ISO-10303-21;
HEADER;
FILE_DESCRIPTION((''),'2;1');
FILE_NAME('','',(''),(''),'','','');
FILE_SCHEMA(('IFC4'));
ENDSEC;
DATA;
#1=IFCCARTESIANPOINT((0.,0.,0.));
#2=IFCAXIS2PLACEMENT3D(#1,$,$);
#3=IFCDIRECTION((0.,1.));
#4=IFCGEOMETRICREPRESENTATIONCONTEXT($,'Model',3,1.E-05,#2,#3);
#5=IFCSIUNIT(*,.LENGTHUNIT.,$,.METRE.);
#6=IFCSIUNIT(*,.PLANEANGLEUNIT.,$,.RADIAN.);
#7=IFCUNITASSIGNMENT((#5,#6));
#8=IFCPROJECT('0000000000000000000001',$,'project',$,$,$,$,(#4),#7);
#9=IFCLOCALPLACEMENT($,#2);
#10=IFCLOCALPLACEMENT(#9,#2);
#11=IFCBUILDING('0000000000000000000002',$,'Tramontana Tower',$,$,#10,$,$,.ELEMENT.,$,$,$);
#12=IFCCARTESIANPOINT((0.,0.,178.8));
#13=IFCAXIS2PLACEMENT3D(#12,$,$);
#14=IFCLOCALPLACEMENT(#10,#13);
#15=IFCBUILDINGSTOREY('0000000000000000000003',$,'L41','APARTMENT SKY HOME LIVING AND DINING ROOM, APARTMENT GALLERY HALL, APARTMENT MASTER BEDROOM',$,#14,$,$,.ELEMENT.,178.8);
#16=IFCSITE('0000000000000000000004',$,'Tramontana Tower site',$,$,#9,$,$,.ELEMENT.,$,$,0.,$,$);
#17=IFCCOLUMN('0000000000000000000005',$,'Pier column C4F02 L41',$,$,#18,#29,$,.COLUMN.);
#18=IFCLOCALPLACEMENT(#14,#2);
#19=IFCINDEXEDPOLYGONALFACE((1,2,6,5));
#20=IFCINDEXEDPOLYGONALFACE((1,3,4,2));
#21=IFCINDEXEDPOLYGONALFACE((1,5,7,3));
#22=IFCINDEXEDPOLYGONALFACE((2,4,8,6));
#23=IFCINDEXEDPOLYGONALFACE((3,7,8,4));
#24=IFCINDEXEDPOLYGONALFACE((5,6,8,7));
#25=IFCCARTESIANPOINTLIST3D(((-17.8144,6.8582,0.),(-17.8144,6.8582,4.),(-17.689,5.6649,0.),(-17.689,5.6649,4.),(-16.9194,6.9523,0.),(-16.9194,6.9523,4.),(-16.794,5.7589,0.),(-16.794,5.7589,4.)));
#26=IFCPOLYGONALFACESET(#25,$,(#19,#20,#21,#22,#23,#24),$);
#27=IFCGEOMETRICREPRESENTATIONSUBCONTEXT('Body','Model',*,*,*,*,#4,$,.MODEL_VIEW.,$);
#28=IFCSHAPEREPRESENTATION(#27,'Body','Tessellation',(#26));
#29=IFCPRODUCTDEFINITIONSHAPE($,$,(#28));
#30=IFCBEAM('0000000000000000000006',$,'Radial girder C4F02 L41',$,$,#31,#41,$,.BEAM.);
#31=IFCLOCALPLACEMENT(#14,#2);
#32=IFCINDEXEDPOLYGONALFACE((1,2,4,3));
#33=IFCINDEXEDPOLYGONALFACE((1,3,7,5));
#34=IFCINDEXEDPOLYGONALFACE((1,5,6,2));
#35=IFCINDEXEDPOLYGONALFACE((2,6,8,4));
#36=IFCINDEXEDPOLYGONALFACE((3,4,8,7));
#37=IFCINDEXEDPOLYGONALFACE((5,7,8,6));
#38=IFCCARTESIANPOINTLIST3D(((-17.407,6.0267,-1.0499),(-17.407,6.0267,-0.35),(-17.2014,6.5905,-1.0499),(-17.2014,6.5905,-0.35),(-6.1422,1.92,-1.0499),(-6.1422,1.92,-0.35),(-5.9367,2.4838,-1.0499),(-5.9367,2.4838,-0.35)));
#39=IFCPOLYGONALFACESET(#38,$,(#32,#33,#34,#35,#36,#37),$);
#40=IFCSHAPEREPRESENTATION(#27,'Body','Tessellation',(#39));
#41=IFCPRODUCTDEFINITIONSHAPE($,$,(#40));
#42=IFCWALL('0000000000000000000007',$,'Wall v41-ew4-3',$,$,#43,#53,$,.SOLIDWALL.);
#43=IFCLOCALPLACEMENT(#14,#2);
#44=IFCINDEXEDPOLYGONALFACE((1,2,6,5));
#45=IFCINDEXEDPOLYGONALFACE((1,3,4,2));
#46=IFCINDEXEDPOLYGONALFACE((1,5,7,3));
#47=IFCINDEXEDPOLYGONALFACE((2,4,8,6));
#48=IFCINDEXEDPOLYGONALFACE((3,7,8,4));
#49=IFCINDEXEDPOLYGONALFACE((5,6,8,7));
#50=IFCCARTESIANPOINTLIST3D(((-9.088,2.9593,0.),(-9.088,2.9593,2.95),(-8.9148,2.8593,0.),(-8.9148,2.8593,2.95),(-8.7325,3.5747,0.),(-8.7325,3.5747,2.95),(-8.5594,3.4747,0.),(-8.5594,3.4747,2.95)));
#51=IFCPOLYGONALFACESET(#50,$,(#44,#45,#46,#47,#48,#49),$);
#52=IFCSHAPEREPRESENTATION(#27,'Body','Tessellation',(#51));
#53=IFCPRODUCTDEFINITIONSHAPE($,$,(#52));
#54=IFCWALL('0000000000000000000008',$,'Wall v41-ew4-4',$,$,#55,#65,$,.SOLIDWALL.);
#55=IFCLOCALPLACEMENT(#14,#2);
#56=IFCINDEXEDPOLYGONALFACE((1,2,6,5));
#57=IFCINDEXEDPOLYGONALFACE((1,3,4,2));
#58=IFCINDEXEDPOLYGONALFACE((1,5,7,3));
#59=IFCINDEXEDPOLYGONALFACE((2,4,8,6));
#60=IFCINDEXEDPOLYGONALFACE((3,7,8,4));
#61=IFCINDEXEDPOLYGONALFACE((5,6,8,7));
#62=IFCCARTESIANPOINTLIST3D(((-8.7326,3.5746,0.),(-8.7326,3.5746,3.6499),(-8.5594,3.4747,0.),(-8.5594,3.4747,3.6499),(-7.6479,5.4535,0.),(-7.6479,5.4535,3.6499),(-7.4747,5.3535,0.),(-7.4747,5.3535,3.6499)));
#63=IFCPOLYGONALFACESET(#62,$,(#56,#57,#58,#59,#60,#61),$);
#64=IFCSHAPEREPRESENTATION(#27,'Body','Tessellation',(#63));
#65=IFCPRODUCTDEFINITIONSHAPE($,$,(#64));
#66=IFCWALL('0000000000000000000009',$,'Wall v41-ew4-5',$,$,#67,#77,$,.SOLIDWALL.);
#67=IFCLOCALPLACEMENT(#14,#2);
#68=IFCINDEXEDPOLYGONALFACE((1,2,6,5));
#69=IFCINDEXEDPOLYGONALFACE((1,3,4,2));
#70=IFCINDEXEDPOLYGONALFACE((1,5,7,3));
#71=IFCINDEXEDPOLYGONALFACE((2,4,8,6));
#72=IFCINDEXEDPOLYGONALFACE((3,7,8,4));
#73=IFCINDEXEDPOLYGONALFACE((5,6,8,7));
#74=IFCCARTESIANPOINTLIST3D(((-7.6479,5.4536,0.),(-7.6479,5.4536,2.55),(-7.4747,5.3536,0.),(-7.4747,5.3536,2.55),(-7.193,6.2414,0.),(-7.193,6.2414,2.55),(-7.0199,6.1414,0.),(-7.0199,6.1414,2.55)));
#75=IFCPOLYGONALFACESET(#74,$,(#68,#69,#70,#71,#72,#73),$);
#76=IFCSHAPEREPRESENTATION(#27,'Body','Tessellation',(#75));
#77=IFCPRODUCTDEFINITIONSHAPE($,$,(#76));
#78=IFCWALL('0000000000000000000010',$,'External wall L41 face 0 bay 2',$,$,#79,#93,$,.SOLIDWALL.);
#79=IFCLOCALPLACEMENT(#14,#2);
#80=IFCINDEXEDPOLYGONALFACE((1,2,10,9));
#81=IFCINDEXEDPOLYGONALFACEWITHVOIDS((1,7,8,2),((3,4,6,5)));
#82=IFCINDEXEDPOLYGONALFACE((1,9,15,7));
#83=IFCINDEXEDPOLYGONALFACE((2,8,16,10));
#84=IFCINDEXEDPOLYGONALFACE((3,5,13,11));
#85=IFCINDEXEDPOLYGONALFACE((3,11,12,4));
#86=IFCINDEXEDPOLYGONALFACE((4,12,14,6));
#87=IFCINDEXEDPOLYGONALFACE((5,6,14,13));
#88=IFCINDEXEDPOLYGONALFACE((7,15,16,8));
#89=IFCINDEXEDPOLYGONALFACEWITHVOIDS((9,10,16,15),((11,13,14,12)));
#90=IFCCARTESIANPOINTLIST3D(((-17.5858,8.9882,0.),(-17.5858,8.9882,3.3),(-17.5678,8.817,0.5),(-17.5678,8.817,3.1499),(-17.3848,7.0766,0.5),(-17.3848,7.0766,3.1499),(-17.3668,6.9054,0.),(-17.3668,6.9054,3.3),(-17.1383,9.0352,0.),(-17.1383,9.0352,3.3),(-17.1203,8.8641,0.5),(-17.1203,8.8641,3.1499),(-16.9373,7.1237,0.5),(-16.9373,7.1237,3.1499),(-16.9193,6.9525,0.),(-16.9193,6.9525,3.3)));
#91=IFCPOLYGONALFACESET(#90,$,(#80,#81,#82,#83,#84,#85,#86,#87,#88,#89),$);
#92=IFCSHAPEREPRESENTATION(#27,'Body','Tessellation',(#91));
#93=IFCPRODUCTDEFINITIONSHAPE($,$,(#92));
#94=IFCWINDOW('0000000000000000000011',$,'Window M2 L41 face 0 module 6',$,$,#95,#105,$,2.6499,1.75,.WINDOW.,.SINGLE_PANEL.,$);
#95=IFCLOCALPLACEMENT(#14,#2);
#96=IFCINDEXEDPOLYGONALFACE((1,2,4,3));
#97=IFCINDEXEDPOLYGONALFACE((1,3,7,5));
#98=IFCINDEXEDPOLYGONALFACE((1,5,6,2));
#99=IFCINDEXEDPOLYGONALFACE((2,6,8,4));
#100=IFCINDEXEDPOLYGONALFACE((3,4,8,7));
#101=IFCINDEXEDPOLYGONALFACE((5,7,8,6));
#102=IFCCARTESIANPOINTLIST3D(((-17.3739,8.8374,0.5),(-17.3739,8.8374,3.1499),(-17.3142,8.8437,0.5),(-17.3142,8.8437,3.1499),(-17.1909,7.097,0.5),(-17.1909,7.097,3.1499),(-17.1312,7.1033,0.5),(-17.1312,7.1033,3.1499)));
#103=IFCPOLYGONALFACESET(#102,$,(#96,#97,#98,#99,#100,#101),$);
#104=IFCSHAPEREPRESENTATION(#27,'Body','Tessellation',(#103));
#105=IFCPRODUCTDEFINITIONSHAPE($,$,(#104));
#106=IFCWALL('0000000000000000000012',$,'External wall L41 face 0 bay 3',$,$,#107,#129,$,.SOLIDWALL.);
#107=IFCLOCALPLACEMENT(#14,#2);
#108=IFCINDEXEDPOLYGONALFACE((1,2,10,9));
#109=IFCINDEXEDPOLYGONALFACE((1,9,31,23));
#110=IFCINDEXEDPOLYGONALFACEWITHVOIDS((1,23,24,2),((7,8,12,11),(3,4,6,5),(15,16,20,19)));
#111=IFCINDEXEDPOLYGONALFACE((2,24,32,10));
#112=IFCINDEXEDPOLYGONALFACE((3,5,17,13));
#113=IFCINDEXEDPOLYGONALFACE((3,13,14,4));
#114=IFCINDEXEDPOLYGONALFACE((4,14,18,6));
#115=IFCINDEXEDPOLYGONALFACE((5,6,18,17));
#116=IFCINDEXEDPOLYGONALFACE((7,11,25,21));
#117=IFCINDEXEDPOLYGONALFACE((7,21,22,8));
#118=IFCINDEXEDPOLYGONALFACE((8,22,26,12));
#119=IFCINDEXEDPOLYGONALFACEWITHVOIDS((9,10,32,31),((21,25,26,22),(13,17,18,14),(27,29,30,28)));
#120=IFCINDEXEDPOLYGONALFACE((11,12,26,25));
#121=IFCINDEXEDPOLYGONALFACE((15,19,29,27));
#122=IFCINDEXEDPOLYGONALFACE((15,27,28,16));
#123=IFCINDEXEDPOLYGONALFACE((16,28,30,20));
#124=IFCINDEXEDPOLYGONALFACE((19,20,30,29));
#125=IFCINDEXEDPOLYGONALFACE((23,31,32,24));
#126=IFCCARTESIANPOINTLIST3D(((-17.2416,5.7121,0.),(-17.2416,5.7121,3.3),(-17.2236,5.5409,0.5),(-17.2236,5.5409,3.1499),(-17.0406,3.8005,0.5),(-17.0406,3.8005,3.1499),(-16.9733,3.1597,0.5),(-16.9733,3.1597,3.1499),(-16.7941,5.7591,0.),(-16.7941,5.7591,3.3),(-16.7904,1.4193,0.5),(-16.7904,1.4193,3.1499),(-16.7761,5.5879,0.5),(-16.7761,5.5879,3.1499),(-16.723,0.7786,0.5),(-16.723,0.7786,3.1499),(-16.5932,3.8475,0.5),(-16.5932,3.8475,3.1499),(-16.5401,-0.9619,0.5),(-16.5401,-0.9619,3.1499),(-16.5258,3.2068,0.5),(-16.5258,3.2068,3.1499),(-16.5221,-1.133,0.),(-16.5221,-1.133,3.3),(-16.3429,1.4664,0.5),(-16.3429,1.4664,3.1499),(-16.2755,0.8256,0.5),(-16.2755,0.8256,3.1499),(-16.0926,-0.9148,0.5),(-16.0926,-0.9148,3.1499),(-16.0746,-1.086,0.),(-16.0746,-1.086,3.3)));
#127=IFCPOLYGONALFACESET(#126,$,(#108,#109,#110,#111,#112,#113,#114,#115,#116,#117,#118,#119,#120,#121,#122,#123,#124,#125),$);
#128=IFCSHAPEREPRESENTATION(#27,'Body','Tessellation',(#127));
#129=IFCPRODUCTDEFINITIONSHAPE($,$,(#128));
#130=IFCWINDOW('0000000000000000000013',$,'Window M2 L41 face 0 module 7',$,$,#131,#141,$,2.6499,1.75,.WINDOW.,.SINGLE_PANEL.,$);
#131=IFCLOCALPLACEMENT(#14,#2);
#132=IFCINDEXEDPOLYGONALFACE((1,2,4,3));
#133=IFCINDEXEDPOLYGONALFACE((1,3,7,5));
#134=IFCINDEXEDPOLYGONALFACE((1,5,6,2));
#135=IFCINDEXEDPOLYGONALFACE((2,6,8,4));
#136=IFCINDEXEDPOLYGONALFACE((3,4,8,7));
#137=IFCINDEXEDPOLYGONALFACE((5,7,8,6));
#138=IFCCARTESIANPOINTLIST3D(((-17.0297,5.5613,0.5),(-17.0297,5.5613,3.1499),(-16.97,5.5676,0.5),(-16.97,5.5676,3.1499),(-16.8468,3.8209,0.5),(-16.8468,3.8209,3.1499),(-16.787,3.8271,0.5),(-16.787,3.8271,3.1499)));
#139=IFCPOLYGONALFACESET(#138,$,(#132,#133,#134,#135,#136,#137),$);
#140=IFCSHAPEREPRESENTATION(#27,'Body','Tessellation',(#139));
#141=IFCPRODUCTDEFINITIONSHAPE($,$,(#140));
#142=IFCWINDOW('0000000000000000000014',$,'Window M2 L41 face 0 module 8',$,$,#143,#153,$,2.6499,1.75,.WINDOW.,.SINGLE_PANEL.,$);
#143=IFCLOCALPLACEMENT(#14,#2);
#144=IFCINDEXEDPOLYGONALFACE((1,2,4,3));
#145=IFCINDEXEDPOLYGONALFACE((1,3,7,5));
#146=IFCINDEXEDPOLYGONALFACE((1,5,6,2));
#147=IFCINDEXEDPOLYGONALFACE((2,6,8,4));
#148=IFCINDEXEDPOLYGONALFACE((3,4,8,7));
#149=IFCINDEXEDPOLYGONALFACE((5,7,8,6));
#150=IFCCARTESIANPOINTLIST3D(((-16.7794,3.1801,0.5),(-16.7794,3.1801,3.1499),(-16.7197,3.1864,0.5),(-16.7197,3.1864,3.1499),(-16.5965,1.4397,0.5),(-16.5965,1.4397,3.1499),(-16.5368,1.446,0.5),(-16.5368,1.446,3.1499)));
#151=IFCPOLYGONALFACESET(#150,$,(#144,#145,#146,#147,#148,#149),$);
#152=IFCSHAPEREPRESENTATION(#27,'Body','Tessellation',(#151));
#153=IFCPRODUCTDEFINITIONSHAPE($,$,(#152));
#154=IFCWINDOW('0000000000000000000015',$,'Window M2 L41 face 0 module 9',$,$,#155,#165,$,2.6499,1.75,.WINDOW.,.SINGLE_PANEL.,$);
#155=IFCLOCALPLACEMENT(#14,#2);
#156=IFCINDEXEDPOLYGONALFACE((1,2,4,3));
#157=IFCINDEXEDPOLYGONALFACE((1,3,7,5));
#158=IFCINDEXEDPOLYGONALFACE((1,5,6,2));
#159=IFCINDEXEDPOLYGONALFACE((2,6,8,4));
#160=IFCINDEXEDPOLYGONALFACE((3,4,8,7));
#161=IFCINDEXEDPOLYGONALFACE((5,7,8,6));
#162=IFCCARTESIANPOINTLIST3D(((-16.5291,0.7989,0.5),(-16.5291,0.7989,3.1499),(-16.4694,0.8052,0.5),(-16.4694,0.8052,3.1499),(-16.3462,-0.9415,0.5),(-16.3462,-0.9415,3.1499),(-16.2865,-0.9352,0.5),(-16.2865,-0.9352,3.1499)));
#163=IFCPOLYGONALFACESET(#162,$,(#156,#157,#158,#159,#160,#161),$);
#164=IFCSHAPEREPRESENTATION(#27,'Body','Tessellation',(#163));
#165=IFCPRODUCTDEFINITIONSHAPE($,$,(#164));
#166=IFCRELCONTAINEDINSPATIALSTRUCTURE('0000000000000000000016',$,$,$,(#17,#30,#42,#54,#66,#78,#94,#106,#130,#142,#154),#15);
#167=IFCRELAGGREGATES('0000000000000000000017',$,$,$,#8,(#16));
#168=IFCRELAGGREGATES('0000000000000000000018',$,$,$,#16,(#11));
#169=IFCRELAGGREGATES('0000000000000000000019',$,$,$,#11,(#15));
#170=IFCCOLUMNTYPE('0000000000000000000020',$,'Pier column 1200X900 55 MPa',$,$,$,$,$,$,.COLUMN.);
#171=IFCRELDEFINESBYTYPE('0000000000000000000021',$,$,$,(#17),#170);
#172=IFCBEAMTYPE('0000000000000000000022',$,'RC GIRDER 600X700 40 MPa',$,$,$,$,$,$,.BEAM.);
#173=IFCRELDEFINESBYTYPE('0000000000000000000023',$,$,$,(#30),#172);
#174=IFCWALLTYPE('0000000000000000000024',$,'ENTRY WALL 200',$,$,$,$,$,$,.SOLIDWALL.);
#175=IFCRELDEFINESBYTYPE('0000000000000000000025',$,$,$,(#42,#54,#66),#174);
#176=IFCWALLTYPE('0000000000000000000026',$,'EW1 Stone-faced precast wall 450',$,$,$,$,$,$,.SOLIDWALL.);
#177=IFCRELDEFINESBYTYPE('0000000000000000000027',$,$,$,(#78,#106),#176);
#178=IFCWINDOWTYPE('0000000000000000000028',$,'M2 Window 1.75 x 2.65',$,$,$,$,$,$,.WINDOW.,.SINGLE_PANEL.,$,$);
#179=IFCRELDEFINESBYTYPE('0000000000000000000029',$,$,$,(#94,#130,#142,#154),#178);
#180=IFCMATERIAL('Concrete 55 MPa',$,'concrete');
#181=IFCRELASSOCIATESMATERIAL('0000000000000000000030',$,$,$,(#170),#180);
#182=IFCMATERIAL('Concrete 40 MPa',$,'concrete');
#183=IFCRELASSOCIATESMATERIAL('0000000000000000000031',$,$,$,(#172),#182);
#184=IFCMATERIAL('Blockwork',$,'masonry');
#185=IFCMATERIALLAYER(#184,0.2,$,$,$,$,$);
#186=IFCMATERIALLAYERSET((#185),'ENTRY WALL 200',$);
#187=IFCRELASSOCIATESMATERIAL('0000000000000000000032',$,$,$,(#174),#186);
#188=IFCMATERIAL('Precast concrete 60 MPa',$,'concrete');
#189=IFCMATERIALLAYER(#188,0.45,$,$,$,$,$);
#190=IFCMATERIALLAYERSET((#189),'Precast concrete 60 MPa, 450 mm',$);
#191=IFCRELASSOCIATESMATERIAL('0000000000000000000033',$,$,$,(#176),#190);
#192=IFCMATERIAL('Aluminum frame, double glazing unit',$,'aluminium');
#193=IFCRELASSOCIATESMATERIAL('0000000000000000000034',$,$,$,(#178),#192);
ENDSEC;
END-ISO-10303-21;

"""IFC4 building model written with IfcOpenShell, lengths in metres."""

from ifc_helpers import new_model, si_unit, direction, frame, frame_2d, origin, origin_2d, place, context, subcontext, project, spatial, rectangle, extrude, material, layer, layer_set, material_profile, profile_set, type_object, element, fill, save


model = new_model("IFC4")

# Units and contexts
model_context = context("Model", 3, precision=1e-05, world=origin(), true_north=direction((0.0, 1.0)))
body_context = subcontext(model_context, "Body", "Model", "MODEL_VIEW")
ifc_project = project(units=[si_unit("LENGTHUNIT", "METRE"), si_unit("PLANEANGLEUNIT", "RADIAN")], contexts=[model_context])

# Site, building, storey
site_placement = place(None, origin())
site = spatial("IfcSite", under=ifc_project, at=site_placement, Name="Tramontana Tower site", CompositionType="ELEMENT", RefElevation=0.0)
building_placement = place(site_placement, origin())
building = spatial("IfcBuilding", under=site, at=building_placement, Name="Tramontana Tower", CompositionType="ELEMENT")
storey_placement = place(building_placement, frame((0.0, 0.0, 178.8)))
storey = spatial("IfcBuildingStorey", under=building, at=storey_placement, Name="L41", Description="APARTMENT SKY HOME LIVING AND DINING ROOM, APARTMENT GALLERY HALL, APARTMENT MASTER BEDROOM", CompositionType="ELEMENT", Elevation=178.8)

# Column
ifc_material_1 = material(Name="Concrete 55 MPa", Category="concrete")
ifc_material_profile_1 = material_profile(ifc_material_1, rectangle(XDim=1.2, YDim=0.8999, at=origin_2d()), Name="Pier column 1200X900 55 MPa")
ifc_profile_set_1 = profile_set([ifc_material_profile_1], Name="Concrete 55 MPa")
column_type = type_object("IfcColumnType", Name="Pier column 1200X900 55 MPa", PredefinedType="COLUMN", material=ifc_profile_set_1)
column_placement = place(storey_placement, frame((-17.3042, 6.3086, 0.0), z_axis=(0.0, 0.0, 1.0), x_axis=(0.104528, -0.994522, 0.0)))
element("IfcColumn", 1, at=column_placement, inside=storey, type_object=column_type, Name="Pier column C4F02 L41", PredefinedType="COLUMN", context=body_context, shape_type="SweptSolid", body=[
    extrude(rectangle(XDim=1.2, YDim=0.8999, at=origin_2d()), origin(), (0.0, 0.0, 1.0), 4.0),
])

# Beam
ifc_material_2 = material(Name="Concrete 40 MPa", Category="concrete")
ifc_material_profile_2 = material_profile(ifc_material_2, rectangle(XDim=0.6001, YDim=0.7, at=origin_2d()), Name="RC GIRDER 600X700 40 MPa")
ifc_profile_set_2 = profile_set([ifc_material_profile_2], Name="Concrete 40 MPa")
beam_type = type_object("IfcBeamType", Name="RC GIRDER 600X700 40 MPa", PredefinedType="BEAM", material=ifc_profile_set_2)
beam_placement = place(storey_placement, frame((-17.3042, 6.3086, -0.7), z_axis=(0.939513, -0.342513, 0.0), x_axis=(0.342513, 0.939513, 0.0)))
element("IfcBeam", 2, at=beam_placement, inside=storey, type_object=beam_type, Name="Radial girder C4F02 L41", PredefinedType="BEAM", context=body_context, shape_type="SweptSolid", body=[
    extrude(rectangle(XDim=0.6001, YDim=0.7, at=origin_2d()), origin(), (0.0, 0.0, 1.0), 11.99),
])

# Walls
ifc_material_3 = material(Name="Blockwork", Category="masonry")
ifc_layer_1 = layer(ifc_material_3, 0.2)
ifc_layer_set_1 = layer_set([ifc_layer_1], Name="ENTRY WALL 200")
wall_type_1 = type_object("IfcWallType", Name="ENTRY WALL 200", PredefinedType="SOLIDWALL", material=ifc_layer_set_1)
wall_1_placement = place(storey_placement, frame((-9.0015, 2.9092, 0.0), z_axis=(0.0, 0.0, 1.0), x_axis=(0.500129, 0.865951, 0.0)))
element("IfcWall", 3, at=wall_1_placement, inside=storey, type_object=wall_type_1, Name="Wall v41-ew4-3", PredefinedType="SOLIDWALL", context=body_context, shape_type="SweptSolid", body=[
    extrude(rectangle(XDim=0.7107, YDim=0.2, at=frame_2d((0.3555, 0.0))), origin(), (0.0, 0.0, 1.0), 2.95),
])
wall_2_placement = place(storey_placement, frame((-8.646, 3.5247, 0.0), z_axis=(0.0, 0.0, 1.0), x_axis=(0.499976, 0.866039, 0.0)))
element("IfcWall", 4, at=wall_2_placement, inside=storey, type_object=wall_type_1, Name="Wall v41-ew4-4", PredefinedType="SOLIDWALL", context=body_context, shape_type="SweptSolid", body=[
    extrude(rectangle(XDim=2.1694, YDim=0.2, at=frame_2d((1.0847, 0.0))), origin(), (0.0, 0.0, 1.0), 3.6499),
])
wall_3_placement = place(storey_placement, frame((-7.5613, 5.4036, 0.0), z_axis=(0.0, 0.0, 1.0), x_axis=(0.499978, 0.866038, 0.0)))
element("IfcWall", 5, at=wall_3_placement, inside=storey, type_object=wall_type_1, Name="Wall v41-ew4-5", PredefinedType="SOLIDWALL", context=body_context, shape_type="SweptSolid", body=[
    extrude(rectangle(XDim=0.9097, YDim=0.2, at=frame_2d((0.4548, 0.0))), origin(), (0.0, 0.0, 1.0), 2.55),
])

# Wall, opening, window
ifc_material_4 = material(Name="Precast concrete 60 MPa", Category="concrete")
ifc_layer_2 = layer(ifc_material_4, 0.45)
ifc_layer_set_2 = layer_set([ifc_layer_2], Name="Precast concrete 60 MPa, 450 mm")
wall_type_2 = type_object("IfcWallType", Name="EW1 Stone-faced precast wall 450", PredefinedType="SOLIDWALL", material=ifc_layer_set_2)
wall_4_placement = place(storey_placement, frame((-17.3621, 9.0117, 0.0), z_axis=(0.0, 0.0, 1.0), x_axis=(0.104569, -0.994518, 0.0)))
wall_4 = element("IfcWall", 6, at=wall_4_placement, inside=storey, type_object=wall_type_2, Name="External wall L41 face 0 bay 2", PredefinedType="SOLIDWALL", context=body_context, shape_type="SweptSolid", body=[
    extrude(rectangle(XDim=2.0942, YDim=0.45, at=frame_2d((1.0471, 0.0))), origin(), (0.0, 0.0, 1.0), 3.3),
])
opening_1_placement = place(wall_4_placement, frame((0.1721, 0.0, 0.5)))
opening_1 = element("IfcOpeningElement", 7, at=opening_1_placement, cuts=wall_4, PredefinedType="OPENING", context=body_context, shape_type="SweptSolid", body=[
    extrude(rectangle(XDim=1.75, YDim=2.6499, at=frame_2d((0.875, 1.325))), frame((0.0, 0.2349, 0.0), z_axis=(0.0, -1.0, 0.0), x_axis=(1.0, 0.0, 0.0)), (0.0, 0.0, 1.0), 0.47),
])
ifc_material_5 = material(Name="Aluminum frame, double glazing unit", Category="aluminium")
window_type = type_object("IfcWindowType", Name="M2 Window 1.75 x 2.65", PartitioningType="SINGLE_PANEL", PredefinedType="WINDOW", material=ifc_material_5)
window_1_placement = place(opening_1_placement, origin())
window_1 = element("IfcWindow", 8, at=window_1_placement, inside=storey, type_object=window_type, Name="Window M2 L41 face 0 module 6", OverallHeight=2.6499, OverallWidth=1.75, PartitioningType="SINGLE_PANEL", PredefinedType="WINDOW", context=body_context, shape_type="SweptSolid", body=[
    extrude(rectangle(XDim=1.75, YDim=2.6499, at=frame_2d((0.875, 1.325))), frame((0.0, 0.03, 0.0), z_axis=(0.0, -1.0, 0.0), x_axis=(1.0, 0.0, 0.0)), (0.0, 0.0, 1.0), 0.0601),
])
fill(opening_1, window_1)

# Wall, openings, windows
wall_5_placement = place(storey_placement, frame((-17.0178, 5.7356, 0.0), z_axis=(0.0, 0.0, 1.0), x_axis=(0.104532, -0.994522, 0.0)))
wall_5 = element("IfcWall", 9, at=wall_5_placement, inside=storey, type_object=wall_type_2, Name="External wall L41 face 0 bay 3", PredefinedType="SOLIDWALL", context=body_context, shape_type="SweptSolid", body=[
    extrude(rectangle(XDim=6.8828, YDim=0.45, at=frame_2d((3.4414, 0.0))), origin(), (0.0, 0.0, 1.0), 3.3),
])
opening_2_placement = place(wall_5_placement, frame((0.1721, 0.0, 0.5)))
opening_2 = element("IfcOpeningElement", 10, at=opening_2_placement, cuts=wall_5, PredefinedType="OPENING", context=body_context, shape_type="SweptSolid", body=[
    extrude(rectangle(XDim=1.75, YDim=2.6499, at=frame_2d((0.875, 1.325))), frame((0.0, 0.2349, 0.0), z_axis=(0.0, -1.0, 0.0), x_axis=(1.0, 0.0, 0.0)), (0.0, 0.0, 1.0), 0.47),
])
opening_3_placement = place(wall_5_placement, frame((2.5664, 0.0, 0.5)))
opening_3 = element("IfcOpeningElement", 11, at=opening_3_placement, cuts=wall_5, PredefinedType="OPENING", context=body_context, shape_type="SweptSolid", body=[
    extrude(rectangle(XDim=1.75, YDim=2.6499, at=frame_2d((0.875, 1.325))), frame((0.0, 0.2349, 0.0), z_axis=(0.0, -1.0, 0.0), x_axis=(1.0, 0.0, 0.0)), (0.0, 0.0, 1.0), 0.47),
])
opening_4_placement = place(wall_5_placement, frame((4.9607, 0.0, 0.5)))
opening_4 = element("IfcOpeningElement", 12, at=opening_4_placement, cuts=wall_5, PredefinedType="OPENING", context=body_context, shape_type="SweptSolid", body=[
    extrude(rectangle(XDim=1.75, YDim=2.6499, at=frame_2d((0.875, 1.325))), frame((0.0, 0.2349, 0.0), z_axis=(0.0, -1.0, 0.0), x_axis=(1.0, 0.0, 0.0)), (0.0, 0.0, 1.0), 0.47),
])
window_2_placement = place(opening_2_placement, origin())
window_2 = element("IfcWindow", 13, at=window_2_placement, inside=storey, type_object=window_type, Name="Window M2 L41 face 0 module 7", OverallHeight=2.6499, OverallWidth=1.75, PartitioningType="SINGLE_PANEL", PredefinedType="WINDOW", context=body_context, shape_type="SweptSolid", body=[
    extrude(rectangle(XDim=1.75, YDim=2.6499, at=frame_2d((0.875, 1.325))), frame((0.0, 0.03, 0.0), z_axis=(0.0, -1.0, 0.0), x_axis=(1.0, 0.0, 0.0)), (0.0, 0.0, 1.0), 0.0601),
])
fill(opening_2, window_2)
window_3_placement = place(opening_3_placement, origin())
window_3 = element("IfcWindow", 14, at=window_3_placement, inside=storey, type_object=window_type, Name="Window M2 L41 face 0 module 8", OverallHeight=2.6499, OverallWidth=1.75, PartitioningType="SINGLE_PANEL", PredefinedType="WINDOW", context=body_context, shape_type="SweptSolid", body=[
    extrude(rectangle(XDim=1.75, YDim=2.6499, at=frame_2d((0.875, 1.325))), frame((0.0, 0.03, 0.0), z_axis=(0.0, -1.0, 0.0), x_axis=(1.0, 0.0, 0.0)), (0.0, 0.0, 1.0), 0.0601),
])
fill(opening_3, window_3)
window_4_placement = place(opening_4_placement, origin())
window_4 = element("IfcWindow", 15, at=window_4_placement, inside=storey, type_object=window_type, Name="Window M2 L41 face 0 module 9", OverallHeight=2.6499, OverallWidth=1.75, PartitioningType="SINGLE_PANEL", PredefinedType="WINDOW", context=body_context, shape_type="SweptSolid", body=[
    extrude(rectangle(XDim=1.75, YDim=2.6499, at=frame_2d((0.875, 1.325))), frame((0.0, 0.03, 0.0), z_axis=(0.0, -1.0, 0.0), x_axis=(1.0, 0.0, 0.0)), (0.0, 0.0, 1.0), 0.0601),
])
fill(opening_4, window_4)

save(model, "model.ifc")
